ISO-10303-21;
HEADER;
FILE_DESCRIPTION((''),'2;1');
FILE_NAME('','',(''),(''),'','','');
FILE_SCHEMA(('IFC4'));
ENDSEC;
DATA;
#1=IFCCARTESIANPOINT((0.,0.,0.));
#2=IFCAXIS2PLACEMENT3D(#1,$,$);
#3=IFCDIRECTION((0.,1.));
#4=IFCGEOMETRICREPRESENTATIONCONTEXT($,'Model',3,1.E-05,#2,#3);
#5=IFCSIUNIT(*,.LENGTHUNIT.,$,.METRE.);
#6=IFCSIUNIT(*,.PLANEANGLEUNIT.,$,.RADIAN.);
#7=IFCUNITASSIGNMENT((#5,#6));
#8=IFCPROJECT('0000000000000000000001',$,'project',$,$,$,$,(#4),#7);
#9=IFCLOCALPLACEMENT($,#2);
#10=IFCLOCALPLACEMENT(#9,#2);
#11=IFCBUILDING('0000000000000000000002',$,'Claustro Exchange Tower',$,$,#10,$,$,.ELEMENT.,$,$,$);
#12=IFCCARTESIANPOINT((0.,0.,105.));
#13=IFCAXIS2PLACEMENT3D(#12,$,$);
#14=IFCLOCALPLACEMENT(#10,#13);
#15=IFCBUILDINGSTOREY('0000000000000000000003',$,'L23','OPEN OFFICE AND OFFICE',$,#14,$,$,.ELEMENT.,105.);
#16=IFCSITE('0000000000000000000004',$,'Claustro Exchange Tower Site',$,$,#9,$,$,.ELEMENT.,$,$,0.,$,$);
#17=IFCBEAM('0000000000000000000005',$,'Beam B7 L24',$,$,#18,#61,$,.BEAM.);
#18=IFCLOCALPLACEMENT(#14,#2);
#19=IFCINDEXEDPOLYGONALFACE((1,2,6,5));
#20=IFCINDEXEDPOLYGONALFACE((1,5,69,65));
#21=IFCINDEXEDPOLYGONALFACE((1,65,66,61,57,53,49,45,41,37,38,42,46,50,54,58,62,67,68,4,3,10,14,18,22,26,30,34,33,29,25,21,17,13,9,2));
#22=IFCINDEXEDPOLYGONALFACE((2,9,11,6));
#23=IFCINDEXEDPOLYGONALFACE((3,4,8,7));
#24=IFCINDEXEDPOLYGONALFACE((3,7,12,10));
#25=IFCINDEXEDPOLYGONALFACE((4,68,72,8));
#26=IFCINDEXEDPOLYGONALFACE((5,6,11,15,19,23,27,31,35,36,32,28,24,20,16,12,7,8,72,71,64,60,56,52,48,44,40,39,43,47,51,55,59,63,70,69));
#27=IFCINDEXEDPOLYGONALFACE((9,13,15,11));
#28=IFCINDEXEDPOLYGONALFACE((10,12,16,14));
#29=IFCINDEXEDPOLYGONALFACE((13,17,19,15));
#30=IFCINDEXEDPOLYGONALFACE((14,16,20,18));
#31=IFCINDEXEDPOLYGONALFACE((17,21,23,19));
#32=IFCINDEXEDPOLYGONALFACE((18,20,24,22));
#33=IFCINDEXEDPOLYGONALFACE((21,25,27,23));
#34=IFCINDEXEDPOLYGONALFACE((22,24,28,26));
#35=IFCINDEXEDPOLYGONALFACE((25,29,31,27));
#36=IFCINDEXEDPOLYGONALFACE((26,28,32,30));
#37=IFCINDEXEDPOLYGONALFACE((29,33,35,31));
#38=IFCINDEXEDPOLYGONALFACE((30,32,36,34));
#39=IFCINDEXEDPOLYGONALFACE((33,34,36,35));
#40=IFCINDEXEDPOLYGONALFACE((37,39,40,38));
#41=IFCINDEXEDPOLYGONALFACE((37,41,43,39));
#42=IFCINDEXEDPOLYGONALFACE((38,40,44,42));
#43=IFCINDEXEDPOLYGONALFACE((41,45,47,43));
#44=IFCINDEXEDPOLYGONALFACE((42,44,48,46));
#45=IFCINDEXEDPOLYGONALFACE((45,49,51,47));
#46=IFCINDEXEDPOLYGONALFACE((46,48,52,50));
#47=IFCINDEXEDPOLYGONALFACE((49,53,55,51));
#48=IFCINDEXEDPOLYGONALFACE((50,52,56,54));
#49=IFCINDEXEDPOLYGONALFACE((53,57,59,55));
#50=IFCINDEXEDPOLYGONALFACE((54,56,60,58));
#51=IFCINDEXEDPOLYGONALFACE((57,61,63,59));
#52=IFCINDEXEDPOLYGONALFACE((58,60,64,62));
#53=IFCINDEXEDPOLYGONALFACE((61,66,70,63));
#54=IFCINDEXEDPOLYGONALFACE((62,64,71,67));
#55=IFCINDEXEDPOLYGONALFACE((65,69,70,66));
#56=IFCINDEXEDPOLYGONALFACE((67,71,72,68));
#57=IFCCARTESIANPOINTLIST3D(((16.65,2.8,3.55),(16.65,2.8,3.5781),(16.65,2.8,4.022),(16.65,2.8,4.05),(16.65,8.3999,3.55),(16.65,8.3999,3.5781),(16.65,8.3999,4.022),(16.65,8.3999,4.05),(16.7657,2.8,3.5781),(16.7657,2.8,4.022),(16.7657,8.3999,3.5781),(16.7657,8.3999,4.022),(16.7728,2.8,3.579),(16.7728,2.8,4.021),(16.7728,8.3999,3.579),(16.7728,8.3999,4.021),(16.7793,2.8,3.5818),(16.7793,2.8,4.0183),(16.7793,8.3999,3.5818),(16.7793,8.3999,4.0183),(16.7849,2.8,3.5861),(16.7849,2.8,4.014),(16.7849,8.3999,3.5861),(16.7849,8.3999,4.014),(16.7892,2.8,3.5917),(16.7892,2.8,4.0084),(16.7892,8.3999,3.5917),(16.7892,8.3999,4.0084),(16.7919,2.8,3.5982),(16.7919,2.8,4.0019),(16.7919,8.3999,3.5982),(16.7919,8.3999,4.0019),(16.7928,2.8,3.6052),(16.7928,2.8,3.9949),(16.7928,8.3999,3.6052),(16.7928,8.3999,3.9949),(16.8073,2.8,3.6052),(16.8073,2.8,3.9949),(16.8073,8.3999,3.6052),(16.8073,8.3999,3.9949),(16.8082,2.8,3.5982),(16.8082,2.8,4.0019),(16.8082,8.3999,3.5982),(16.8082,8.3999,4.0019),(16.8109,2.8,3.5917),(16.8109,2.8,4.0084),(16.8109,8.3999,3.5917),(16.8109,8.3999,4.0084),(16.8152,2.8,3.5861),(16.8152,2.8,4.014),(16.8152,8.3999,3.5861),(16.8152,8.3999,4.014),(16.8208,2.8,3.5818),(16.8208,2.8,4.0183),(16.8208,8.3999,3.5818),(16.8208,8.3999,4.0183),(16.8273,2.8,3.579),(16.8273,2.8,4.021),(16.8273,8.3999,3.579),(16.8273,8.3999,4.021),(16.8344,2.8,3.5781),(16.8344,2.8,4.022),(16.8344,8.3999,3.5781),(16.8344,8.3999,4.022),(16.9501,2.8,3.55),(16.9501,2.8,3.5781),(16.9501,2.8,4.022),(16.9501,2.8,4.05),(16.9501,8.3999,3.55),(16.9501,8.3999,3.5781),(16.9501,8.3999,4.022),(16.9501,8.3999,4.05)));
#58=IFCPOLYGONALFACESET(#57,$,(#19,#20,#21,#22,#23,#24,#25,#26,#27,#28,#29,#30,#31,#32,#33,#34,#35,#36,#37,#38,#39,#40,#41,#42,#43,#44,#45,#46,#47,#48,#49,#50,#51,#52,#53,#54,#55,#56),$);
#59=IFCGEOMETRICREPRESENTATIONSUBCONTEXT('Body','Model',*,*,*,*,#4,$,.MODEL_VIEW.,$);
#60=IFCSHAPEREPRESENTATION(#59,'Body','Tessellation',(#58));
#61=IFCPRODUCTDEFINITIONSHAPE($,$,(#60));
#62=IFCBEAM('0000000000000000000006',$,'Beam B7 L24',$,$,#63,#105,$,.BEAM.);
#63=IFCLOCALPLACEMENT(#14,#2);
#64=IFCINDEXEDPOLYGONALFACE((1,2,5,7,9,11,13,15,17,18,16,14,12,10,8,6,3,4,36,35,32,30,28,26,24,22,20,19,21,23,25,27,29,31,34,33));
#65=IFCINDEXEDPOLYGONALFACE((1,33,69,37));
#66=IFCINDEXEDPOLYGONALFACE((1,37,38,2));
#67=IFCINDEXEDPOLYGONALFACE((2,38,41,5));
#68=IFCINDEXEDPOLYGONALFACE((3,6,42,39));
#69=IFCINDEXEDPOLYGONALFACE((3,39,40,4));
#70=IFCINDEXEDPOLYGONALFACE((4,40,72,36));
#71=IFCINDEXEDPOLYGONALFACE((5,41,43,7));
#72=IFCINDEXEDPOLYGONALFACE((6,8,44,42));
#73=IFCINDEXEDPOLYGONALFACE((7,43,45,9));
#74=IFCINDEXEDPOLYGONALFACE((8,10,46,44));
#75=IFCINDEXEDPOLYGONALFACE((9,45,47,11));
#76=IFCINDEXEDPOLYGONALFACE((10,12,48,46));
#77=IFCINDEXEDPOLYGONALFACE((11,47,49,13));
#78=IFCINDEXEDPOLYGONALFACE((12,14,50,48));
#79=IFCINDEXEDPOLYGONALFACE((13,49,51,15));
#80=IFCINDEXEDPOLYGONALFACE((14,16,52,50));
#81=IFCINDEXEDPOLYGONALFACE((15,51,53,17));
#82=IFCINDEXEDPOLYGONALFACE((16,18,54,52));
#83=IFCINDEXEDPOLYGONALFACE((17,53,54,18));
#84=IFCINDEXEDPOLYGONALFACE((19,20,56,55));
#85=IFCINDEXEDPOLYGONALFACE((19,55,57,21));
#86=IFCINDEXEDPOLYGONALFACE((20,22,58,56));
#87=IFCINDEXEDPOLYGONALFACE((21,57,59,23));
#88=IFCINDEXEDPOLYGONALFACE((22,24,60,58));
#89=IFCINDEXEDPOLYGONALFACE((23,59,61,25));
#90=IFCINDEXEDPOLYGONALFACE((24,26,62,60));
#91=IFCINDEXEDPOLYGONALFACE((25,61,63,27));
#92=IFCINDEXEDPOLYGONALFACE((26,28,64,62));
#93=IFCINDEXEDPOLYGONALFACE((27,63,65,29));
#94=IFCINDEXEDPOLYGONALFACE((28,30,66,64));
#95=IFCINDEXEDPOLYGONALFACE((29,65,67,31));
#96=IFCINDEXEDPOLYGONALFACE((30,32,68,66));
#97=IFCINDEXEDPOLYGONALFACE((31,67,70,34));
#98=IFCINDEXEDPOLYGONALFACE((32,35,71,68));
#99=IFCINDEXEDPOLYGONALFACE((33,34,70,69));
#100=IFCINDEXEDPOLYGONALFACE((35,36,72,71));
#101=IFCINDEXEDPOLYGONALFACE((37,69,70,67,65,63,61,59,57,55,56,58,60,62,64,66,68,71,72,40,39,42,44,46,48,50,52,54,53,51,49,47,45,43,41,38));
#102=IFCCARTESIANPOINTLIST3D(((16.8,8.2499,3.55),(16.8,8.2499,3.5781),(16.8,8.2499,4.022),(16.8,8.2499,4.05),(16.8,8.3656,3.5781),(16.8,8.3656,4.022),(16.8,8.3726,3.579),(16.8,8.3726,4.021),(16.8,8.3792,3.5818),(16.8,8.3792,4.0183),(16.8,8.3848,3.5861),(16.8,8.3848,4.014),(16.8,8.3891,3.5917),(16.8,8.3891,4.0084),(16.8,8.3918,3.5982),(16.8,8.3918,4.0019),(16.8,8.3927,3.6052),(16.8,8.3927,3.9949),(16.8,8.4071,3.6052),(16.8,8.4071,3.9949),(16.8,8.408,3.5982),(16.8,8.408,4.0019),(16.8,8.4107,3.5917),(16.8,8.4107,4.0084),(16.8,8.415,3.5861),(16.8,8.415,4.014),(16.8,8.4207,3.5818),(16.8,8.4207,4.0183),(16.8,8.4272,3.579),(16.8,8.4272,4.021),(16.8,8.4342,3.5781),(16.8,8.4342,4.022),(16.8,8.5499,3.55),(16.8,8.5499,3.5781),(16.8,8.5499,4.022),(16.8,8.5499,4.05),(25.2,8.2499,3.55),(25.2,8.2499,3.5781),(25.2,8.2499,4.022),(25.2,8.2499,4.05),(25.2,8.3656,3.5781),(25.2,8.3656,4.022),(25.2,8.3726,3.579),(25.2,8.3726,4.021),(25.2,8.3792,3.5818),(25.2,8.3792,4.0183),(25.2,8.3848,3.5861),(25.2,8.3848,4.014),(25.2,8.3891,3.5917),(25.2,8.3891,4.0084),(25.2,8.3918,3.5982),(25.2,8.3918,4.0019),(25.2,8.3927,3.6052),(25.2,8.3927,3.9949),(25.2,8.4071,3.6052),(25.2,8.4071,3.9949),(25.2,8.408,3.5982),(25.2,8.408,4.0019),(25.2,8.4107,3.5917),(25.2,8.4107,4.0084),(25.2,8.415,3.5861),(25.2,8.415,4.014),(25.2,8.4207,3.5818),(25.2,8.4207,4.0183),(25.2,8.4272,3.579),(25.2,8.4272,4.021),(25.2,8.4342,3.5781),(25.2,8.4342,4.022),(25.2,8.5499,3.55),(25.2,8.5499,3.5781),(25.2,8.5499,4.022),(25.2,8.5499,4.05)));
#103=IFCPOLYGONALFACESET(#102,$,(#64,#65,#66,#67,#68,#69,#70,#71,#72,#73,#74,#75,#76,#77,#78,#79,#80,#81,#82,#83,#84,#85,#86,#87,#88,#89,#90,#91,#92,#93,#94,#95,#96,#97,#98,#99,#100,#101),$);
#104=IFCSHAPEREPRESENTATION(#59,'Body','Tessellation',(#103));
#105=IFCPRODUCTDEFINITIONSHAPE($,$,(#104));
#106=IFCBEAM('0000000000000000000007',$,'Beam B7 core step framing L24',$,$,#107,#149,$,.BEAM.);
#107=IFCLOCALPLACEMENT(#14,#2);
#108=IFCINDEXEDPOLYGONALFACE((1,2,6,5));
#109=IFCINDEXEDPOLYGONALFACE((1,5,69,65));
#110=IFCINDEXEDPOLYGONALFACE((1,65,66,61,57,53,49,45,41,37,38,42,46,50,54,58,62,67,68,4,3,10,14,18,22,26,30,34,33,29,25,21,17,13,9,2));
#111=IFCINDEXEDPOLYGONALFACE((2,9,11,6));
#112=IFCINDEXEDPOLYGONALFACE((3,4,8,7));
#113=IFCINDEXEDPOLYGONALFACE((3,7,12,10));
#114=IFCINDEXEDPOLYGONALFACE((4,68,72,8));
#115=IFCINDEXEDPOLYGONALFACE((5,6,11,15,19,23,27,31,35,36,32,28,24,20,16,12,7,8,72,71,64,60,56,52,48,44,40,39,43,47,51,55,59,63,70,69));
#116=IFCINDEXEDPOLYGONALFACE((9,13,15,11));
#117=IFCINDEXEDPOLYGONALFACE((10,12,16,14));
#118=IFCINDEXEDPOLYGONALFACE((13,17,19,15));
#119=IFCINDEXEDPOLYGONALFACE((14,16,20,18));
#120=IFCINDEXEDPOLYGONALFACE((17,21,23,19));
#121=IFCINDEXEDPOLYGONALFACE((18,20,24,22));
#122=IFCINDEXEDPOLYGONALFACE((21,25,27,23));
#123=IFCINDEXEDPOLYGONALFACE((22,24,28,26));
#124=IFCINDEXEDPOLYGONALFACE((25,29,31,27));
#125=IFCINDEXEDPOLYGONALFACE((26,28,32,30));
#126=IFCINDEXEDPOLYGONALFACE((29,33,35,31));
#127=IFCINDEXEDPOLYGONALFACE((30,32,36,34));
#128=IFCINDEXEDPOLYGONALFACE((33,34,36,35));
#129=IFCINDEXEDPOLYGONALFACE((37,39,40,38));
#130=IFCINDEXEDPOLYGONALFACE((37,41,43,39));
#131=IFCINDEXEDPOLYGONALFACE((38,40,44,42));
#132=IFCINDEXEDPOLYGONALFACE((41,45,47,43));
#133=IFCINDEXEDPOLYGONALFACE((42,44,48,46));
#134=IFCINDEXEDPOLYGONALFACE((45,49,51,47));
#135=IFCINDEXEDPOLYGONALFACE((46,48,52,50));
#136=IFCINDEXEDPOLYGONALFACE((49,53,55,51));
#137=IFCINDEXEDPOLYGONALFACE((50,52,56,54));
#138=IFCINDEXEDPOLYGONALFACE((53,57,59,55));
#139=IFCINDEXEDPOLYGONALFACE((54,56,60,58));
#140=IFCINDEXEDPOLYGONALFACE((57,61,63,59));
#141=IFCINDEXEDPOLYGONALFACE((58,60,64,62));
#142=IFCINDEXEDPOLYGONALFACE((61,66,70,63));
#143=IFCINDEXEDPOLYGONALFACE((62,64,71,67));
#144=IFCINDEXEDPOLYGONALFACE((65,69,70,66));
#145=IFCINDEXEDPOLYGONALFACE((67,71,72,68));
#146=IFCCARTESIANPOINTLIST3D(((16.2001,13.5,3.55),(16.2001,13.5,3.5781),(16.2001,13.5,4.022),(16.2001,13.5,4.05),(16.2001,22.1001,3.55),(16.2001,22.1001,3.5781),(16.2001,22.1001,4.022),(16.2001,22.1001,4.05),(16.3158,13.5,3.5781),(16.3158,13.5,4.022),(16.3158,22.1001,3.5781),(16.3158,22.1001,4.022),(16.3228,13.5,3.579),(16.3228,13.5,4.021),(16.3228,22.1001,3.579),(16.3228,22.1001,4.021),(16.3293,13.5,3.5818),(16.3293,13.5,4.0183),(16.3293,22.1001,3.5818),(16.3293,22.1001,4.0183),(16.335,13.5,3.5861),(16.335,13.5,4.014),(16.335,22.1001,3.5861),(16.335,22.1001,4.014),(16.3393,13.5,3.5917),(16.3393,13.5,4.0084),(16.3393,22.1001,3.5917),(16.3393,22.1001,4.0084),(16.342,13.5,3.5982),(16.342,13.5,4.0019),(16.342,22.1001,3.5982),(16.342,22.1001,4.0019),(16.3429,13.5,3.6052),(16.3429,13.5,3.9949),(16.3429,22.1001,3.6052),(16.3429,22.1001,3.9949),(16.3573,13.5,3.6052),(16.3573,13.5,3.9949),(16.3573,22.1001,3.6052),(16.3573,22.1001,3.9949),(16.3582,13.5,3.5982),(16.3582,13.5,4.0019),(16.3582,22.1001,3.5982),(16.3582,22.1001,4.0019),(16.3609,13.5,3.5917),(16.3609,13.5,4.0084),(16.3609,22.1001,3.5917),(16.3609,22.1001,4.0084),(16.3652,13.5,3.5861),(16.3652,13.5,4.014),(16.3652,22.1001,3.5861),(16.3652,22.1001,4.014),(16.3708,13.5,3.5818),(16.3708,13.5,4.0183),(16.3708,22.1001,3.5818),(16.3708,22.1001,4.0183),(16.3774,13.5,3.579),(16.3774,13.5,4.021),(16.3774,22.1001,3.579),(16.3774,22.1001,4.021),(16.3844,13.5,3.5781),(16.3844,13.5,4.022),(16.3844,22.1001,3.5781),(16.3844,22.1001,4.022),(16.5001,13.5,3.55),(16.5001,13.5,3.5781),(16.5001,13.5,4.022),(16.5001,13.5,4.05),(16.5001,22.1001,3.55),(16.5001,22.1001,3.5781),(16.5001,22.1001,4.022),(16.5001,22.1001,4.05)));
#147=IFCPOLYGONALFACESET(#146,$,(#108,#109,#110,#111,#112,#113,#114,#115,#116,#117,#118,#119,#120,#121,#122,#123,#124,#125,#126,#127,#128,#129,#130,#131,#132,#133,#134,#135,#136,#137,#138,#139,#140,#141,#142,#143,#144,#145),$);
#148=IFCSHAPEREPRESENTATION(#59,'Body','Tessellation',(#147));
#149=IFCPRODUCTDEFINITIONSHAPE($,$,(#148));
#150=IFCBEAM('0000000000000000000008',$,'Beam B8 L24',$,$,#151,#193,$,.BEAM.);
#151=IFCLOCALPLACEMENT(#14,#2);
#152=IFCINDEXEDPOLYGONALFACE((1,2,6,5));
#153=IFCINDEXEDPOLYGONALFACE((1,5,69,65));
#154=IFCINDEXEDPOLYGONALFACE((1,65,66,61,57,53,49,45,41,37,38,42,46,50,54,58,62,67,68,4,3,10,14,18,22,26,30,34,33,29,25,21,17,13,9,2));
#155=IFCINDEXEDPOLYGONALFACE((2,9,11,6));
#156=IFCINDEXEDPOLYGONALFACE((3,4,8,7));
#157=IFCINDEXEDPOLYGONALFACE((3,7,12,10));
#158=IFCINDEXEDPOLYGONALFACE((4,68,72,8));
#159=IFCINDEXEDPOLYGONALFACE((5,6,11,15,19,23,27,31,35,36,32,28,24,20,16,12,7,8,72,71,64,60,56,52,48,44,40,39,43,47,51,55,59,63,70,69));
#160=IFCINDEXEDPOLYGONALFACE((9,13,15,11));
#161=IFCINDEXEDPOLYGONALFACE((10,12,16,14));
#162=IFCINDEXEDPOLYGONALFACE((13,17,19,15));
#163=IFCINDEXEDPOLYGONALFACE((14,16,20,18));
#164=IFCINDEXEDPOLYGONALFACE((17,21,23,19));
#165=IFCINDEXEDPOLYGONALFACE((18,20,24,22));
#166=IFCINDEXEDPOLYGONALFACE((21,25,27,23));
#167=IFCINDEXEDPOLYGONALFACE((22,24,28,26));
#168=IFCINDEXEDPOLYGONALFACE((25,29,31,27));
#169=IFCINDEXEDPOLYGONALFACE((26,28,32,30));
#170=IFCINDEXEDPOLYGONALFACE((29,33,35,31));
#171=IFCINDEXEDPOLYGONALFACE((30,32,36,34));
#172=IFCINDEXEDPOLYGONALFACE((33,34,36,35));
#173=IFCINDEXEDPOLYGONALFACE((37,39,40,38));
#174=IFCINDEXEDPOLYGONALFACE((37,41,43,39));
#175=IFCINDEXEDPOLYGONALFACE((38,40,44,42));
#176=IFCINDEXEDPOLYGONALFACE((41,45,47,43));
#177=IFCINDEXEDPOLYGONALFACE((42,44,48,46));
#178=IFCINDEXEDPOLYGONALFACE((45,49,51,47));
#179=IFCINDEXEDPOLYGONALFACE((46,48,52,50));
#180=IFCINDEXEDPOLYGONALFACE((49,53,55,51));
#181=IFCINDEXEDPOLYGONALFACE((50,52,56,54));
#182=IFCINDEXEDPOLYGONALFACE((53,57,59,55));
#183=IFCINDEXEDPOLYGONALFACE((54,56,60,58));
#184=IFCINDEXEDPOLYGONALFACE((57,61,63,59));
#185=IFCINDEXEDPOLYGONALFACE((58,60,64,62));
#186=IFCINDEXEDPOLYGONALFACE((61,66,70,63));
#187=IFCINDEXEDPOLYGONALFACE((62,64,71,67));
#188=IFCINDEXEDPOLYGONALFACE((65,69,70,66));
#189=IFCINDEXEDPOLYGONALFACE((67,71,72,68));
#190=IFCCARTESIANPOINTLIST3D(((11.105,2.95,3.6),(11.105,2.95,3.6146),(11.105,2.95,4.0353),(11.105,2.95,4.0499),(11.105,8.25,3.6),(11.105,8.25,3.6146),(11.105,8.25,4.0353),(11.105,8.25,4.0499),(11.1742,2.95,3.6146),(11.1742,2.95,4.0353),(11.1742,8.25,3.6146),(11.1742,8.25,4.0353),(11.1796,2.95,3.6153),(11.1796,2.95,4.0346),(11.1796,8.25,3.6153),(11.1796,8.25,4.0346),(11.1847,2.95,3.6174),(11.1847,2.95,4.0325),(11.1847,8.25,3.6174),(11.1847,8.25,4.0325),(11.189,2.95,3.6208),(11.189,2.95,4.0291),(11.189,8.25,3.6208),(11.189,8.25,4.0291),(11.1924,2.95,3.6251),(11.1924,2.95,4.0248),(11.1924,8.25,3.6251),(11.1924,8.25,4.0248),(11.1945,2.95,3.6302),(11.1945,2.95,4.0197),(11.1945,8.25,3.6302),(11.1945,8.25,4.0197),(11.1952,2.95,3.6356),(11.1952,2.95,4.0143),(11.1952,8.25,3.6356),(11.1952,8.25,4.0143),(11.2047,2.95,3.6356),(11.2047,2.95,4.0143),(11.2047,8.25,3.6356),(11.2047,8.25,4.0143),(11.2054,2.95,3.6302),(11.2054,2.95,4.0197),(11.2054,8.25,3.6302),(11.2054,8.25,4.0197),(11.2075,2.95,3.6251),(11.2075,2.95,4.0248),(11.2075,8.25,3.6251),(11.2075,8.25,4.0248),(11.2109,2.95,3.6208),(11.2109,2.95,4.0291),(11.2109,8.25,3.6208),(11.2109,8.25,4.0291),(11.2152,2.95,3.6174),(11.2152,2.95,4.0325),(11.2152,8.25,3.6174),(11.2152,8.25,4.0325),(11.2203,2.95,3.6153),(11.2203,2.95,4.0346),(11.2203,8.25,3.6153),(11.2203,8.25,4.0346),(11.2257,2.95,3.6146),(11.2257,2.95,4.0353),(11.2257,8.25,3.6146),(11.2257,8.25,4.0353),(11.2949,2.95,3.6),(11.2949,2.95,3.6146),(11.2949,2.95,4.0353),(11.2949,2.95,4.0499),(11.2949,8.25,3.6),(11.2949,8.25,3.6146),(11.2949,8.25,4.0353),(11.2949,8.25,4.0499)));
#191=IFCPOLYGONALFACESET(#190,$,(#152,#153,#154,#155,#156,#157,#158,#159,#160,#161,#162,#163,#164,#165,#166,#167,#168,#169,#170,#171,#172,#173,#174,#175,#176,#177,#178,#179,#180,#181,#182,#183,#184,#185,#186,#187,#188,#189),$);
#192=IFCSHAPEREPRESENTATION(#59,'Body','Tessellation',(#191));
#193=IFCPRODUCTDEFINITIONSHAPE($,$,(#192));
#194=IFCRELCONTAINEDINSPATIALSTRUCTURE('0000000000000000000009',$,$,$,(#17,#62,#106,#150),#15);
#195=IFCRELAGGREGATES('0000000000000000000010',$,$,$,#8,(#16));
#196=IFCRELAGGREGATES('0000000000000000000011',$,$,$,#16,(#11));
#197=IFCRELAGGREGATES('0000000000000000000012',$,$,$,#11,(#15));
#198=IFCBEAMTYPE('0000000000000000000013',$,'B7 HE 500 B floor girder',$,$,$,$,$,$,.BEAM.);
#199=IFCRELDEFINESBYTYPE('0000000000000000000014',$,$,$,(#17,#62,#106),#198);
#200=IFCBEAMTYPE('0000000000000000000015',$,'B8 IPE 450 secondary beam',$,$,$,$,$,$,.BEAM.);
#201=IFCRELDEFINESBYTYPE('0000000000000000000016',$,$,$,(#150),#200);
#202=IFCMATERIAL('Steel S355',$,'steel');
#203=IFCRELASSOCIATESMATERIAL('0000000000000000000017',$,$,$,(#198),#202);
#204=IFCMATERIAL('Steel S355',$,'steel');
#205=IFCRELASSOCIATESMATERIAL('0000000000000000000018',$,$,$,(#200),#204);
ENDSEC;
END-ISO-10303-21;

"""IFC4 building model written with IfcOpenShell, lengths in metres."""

from ifc_helpers import new_model, si_unit, direction, frame, origin, origin_2d, place, context, subcontext, project, spatial, i_section, extrude, material, material_profile, profile_set, type_object, element, save


model = new_model("IFC4")

# Units and contexts
model_context = context("Model", 3, precision=1e-05, world=origin(), true_north=direction((0.0, 1.0)))
body_context = subcontext(model_context, "Body", "Model", "MODEL_VIEW")
ifc_project = project(units=[si_unit("LENGTHUNIT", "METRE"), si_unit("PLANEANGLEUNIT", "RADIAN")], contexts=[model_context])

# Site, building, storey
site_placement = place(None, origin())
site = spatial("IfcSite", under=ifc_project, at=site_placement, Name="Claustro Exchange Tower Site", CompositionType="ELEMENT", RefElevation=0.0)
building_placement = place(site_placement, origin())
building = spatial("IfcBuilding", under=site, at=building_placement, Name="Claustro Exchange Tower", CompositionType="ELEMENT")
storey_placement = place(building_placement, frame((0.0, 0.0, 105.0)))
storey = spatial("IfcBuildingStorey", under=building, at=storey_placement, Name="L23", Description="OPEN OFFICE AND OFFICE", CompositionType="ELEMENT", Elevation=105.0)

# Beams
ifc_material_1 = material(Name="Steel S355", Category="steel")
ifc_material_profile_1 = material_profile(ifc_material_1, i_section(OverallWidth=0.3, OverallDepth=0.5, WebThickness=0.0144, FlangeThickness=0.0281, FilletRadius=0.0271, at=origin_2d()), Name="HE 500 B")
ifc_profile_set_1 = profile_set([ifc_material_profile_1], Name="Steel S355")
beam_type_1 = type_object("IfcBeamType", Name="B7 HE 500 B floor girder", PredefinedType="BEAM", material=ifc_profile_set_1)
beam_1_placement = place(storey_placement, frame((16.8, 2.8, 3.8), z_axis=(0.0, 1.0, 0.0), x_axis=(-1.0, 0.0, 0.0)))
element("IfcBeam", 1, at=beam_1_placement, inside=storey, type_object=beam_type_1, Name="Beam B7 L24", PredefinedType="BEAM", context=body_context, shape_type="SweptSolid", body=[
    extrude(i_section(OverallWidth=0.3, OverallDepth=0.5, WebThickness=0.0144, FlangeThickness=0.0281, FilletRadius=0.0271, at=origin_2d()), origin(), (0.0, 0.0, 1.0), 5.5999),
])
beam_2_placement = place(storey_placement, frame((16.8, 8.3999, 3.8), z_axis=(1.0, 0.0, 0.0), x_axis=(0.0, 1.0, 0.0)))
element("IfcBeam", 2, at=beam_2_placement, inside=storey, type_object=beam_type_1, Name="Beam B7 L24", PredefinedType="BEAM", context=body_context, shape_type="SweptSolid", body=[
    extrude(i_section(OverallWidth=0.3, OverallDepth=0.5, WebThickness=0.0144, FlangeThickness=0.0281, FilletRadius=0.0271, at=origin_2d()), origin(), (0.0, 0.0, 1.0), 8.3999),
])
beam_3_placement = place(storey_placement, frame((16.3501, 13.5, 3.8), z_axis=(0.0, 1.0, 0.0), x_axis=(-1.0, 0.0, 0.0)))
element("IfcBeam", 3, at=beam_3_placement, inside=storey, type_object=beam_type_1, Name="Beam B7 core step framing L24", PredefinedType="BEAM", context=body_context, shape_type="SweptSolid", body=[
    extrude(i_section(OverallWidth=0.3, OverallDepth=0.5, WebThickness=0.0144, FlangeThickness=0.0281, FilletRadius=0.0271, at=origin_2d()), origin(), (0.0, 0.0, 1.0), 8.6001),
])
ifc_material_2 = material(Name="Steel S355", Category="steel")
ifc_material_profile_2 = material_profile(ifc_material_2, i_section(OverallWidth=0.1899, OverallDepth=0.45, WebThickness=0.0095, FlangeThickness=0.0146, FilletRadius=0.021, at=origin_2d()), Name="IPE 450")
ifc_profile_set_2 = profile_set([ifc_material_profile_2], Name="Steel S355")
beam_type_2 = type_object("IfcBeamType", Name="B8 IPE 450 secondary beam", PredefinedType="BEAM", material=ifc_profile_set_2)
for number, where, z_axis, x_axis, name in (
    (4, (11.2, 2.95, 3.825), (0.0, 1.0, 0.0), (-1.0, 0.0, 0.0), "Beam B8 L24"),
):
    element("IfcBeam", number, at=place(storey_placement, frame(where, z_axis=z_axis, x_axis=x_axis)), inside=storey, type_object=beam_type_2, Name=name, PredefinedType="BEAM", context=body_context, shape_type="SweptSolid", body=[
        extrude(i_section(OverallWidth=0.1899, OverallDepth=0.45, WebThickness=0.0095, FlangeThickness=0.0146, FilletRadius=0.021, at=origin_2d()), origin(), (0.0, 0.0, 1.0), 5.3),
    ])

save(model, "model.ifc")
